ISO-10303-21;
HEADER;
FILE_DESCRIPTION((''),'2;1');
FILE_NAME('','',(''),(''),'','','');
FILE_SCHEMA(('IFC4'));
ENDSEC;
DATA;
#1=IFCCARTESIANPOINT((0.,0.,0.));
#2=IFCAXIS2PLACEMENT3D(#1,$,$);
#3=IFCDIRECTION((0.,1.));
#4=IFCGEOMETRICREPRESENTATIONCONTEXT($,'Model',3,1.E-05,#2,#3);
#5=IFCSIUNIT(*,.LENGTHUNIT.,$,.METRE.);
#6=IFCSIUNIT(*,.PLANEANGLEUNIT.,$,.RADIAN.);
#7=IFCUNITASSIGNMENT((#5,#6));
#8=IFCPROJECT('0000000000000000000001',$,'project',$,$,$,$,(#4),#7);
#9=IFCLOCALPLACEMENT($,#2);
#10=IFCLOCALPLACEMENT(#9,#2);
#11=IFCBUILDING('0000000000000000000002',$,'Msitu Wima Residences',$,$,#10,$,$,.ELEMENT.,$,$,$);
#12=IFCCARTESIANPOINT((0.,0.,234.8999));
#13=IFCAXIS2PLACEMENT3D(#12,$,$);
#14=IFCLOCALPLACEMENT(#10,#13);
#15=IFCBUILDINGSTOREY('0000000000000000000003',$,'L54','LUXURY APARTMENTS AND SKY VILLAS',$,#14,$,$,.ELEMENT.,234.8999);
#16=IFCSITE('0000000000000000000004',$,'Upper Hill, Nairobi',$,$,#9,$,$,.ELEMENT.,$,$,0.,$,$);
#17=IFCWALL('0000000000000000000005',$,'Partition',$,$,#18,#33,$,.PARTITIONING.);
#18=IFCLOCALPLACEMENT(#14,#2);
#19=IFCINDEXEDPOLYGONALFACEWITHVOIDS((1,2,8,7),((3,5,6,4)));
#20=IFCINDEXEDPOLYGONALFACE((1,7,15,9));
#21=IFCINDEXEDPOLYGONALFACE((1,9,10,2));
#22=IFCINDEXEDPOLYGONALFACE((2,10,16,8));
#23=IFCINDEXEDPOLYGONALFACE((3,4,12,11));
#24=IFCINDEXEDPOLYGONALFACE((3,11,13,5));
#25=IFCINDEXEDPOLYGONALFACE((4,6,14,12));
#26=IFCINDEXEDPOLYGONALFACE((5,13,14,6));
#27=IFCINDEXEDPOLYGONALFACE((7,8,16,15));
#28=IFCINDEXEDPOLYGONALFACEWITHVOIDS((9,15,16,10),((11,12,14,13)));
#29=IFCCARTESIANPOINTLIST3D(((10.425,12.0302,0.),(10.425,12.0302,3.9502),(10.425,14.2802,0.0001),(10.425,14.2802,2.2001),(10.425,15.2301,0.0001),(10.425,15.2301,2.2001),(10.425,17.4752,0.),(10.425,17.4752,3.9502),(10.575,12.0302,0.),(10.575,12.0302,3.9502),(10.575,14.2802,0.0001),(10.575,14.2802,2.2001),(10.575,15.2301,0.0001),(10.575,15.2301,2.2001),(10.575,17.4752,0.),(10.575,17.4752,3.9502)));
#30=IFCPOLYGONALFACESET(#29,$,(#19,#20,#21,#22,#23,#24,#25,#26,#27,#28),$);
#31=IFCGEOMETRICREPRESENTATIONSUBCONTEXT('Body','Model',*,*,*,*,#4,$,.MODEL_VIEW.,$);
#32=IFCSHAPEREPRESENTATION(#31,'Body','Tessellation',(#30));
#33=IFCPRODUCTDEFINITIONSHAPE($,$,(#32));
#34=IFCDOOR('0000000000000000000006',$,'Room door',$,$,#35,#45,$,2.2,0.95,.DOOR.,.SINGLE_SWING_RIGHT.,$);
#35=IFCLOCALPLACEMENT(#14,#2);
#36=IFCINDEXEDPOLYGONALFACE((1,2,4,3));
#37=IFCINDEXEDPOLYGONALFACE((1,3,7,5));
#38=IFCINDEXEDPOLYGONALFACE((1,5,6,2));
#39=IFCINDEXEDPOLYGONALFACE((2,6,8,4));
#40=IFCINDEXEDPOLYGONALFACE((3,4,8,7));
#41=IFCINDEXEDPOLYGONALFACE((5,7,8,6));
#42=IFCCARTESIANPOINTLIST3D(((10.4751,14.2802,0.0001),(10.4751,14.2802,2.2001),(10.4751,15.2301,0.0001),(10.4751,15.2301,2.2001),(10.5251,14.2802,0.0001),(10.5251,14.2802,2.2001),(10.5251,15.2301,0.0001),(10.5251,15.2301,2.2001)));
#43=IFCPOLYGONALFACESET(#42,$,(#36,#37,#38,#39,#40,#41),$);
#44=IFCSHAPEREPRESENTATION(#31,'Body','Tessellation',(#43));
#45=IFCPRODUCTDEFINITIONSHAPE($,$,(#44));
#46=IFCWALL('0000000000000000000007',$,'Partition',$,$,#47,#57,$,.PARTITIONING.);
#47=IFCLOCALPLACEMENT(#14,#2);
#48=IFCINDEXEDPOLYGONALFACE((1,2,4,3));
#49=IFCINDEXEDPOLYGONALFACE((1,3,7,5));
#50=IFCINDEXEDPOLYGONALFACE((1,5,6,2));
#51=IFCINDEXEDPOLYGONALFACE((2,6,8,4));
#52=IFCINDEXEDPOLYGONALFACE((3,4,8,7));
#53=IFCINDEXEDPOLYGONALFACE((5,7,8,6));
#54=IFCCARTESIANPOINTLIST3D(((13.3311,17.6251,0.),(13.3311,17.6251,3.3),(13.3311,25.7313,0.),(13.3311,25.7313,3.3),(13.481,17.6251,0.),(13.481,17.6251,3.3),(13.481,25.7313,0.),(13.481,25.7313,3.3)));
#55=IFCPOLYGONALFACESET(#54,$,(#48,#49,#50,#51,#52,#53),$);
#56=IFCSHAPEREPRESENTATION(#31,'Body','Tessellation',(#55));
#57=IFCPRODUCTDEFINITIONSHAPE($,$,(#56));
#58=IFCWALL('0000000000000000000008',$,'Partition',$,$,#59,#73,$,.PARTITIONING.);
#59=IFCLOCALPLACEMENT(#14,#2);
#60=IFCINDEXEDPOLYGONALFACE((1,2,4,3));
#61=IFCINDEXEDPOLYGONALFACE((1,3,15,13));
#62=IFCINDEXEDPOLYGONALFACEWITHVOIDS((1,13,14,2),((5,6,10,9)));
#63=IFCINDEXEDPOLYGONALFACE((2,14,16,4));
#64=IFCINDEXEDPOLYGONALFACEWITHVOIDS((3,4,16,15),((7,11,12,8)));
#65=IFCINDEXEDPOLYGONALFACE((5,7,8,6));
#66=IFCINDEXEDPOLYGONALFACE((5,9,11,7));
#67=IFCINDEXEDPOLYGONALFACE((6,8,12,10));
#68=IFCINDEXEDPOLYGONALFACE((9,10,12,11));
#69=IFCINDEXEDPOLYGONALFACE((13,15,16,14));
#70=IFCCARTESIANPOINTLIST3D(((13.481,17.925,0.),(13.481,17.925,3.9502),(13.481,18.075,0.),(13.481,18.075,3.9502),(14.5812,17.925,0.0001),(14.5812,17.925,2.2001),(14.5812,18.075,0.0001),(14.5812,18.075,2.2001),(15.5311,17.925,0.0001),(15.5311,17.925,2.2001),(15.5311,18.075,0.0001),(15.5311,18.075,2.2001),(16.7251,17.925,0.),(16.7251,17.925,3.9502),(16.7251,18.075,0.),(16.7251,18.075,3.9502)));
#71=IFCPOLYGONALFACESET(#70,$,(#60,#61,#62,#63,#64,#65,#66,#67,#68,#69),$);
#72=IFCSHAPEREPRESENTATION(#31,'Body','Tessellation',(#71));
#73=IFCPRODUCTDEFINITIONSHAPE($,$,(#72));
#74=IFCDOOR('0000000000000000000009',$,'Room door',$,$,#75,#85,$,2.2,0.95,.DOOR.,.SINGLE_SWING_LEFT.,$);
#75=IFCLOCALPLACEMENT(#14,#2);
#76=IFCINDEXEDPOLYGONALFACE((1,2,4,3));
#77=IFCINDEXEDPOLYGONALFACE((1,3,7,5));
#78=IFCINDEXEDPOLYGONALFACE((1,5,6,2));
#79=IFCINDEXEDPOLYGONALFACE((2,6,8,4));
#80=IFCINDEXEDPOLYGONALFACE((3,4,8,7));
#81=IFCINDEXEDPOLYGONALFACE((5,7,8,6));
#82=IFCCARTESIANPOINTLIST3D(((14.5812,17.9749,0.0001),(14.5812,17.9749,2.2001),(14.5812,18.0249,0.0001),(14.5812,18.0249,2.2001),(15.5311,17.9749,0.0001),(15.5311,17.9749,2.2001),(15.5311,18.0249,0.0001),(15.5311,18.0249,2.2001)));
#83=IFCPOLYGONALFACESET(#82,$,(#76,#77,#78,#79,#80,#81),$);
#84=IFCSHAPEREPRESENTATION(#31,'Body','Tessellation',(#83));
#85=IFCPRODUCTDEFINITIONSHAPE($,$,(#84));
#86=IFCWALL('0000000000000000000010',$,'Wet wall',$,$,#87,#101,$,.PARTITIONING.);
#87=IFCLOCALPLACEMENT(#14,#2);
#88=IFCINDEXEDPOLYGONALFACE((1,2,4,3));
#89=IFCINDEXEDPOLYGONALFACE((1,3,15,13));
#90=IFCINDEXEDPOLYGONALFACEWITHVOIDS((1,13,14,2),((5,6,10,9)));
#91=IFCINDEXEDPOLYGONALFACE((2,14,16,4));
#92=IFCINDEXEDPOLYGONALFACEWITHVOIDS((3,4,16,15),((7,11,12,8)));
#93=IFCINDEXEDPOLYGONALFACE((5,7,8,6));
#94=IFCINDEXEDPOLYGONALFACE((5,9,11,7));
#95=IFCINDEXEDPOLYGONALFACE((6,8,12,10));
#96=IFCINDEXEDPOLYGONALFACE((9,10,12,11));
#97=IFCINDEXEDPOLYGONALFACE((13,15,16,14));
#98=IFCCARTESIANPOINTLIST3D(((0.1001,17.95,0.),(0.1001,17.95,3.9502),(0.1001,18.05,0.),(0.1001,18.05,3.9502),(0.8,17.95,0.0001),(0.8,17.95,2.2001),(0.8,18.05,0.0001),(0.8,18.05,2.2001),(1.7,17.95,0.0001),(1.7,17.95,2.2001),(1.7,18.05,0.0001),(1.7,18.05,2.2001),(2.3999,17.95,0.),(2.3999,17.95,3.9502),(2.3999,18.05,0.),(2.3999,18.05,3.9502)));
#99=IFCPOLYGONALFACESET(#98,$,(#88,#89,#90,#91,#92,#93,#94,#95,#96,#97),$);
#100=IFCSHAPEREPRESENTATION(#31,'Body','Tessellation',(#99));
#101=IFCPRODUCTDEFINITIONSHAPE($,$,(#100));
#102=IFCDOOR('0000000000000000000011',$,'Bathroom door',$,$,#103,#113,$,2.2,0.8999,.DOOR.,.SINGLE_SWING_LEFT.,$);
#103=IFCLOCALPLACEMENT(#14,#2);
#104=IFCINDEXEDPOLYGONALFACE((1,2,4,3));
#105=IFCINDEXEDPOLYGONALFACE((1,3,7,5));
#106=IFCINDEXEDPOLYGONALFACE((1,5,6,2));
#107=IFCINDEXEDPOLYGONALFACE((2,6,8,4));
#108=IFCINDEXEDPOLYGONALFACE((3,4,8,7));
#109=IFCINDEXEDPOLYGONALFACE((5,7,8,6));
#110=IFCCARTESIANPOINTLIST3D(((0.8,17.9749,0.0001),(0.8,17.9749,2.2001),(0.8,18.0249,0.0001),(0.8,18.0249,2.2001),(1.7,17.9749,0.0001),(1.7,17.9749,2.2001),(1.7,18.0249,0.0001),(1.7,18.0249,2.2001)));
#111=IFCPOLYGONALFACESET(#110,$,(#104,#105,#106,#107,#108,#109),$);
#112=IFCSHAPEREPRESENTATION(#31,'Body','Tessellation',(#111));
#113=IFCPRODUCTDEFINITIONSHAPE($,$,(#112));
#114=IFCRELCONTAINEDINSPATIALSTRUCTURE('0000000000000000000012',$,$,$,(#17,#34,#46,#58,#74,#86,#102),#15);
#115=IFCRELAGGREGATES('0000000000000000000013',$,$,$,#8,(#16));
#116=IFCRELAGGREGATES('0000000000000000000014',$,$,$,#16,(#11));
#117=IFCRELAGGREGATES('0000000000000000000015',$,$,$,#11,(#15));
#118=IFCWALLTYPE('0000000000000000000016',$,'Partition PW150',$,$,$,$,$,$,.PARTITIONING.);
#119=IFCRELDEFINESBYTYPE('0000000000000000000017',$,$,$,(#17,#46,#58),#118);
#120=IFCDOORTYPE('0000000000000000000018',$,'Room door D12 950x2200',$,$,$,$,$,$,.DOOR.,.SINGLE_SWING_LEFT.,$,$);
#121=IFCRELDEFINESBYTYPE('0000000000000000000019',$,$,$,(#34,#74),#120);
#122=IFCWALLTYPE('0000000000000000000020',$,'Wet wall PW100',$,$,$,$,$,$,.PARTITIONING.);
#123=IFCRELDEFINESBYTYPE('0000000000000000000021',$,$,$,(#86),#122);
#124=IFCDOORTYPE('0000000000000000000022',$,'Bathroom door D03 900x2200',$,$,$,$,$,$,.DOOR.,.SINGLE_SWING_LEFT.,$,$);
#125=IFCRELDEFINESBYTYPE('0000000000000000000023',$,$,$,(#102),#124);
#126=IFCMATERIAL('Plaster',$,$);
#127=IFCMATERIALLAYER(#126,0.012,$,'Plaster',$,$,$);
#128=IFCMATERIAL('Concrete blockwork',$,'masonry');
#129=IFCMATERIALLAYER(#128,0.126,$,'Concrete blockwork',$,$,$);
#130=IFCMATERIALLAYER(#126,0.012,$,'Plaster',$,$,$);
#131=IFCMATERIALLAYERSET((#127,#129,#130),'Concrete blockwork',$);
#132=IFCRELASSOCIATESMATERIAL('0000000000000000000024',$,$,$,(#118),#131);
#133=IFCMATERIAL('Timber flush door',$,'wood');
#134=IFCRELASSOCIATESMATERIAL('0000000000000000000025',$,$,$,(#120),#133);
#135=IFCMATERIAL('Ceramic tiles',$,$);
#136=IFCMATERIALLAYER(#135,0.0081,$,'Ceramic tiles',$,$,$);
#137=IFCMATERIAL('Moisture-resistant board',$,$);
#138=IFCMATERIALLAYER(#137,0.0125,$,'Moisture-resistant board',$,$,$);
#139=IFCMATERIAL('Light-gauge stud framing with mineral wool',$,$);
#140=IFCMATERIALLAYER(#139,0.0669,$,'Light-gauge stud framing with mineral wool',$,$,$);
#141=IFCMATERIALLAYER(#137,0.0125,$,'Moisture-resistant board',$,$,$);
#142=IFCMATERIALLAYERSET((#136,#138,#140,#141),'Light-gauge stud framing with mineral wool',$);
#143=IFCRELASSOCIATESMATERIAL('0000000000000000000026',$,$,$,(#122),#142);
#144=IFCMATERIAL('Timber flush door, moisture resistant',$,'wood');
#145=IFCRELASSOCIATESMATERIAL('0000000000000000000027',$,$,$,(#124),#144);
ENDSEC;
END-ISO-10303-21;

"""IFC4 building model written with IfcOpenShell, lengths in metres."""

from ifc_helpers import new_model, si_unit, direction, frame, frame_2d, origin, place, context, subcontext, project, spatial, rectangle, extrude, material, layer, layer_set, type_object, element, fill, save


model = new_model("IFC4")

# Units and contexts
model_context = context("Model", 3, precision=1e-05, world=origin(), true_north=direction((0.0, 1.0)))
body_context = subcontext(model_context, "Body", "Model", "MODEL_VIEW")
ifc_project = project(units=[si_unit("LENGTHUNIT", "METRE"), si_unit("PLANEANGLEUNIT", "RADIAN")], contexts=[model_context])

# Site, building, storey
site_placement = place(None, origin())
site = spatial("IfcSite", under=ifc_project, at=site_placement, Name="Upper Hill, Nairobi", CompositionType="ELEMENT", RefElevation=0.0)
building_placement = place(site_placement, origin())
building = spatial("IfcBuilding", under=site, at=building_placement, Name="Msitu Wima Residences", CompositionType="ELEMENT")
storey_placement = place(building_placement, frame((0.0, 0.0, 234.8999)))
storey = spatial("IfcBuildingStorey", under=building, at=storey_placement, Name="L54", Description="LUXURY APARTMENTS AND SKY VILLAS", CompositionType="ELEMENT", Elevation=234.8999)

# Shared definitions
ifc_material_1 = material(Name="Plaster")
ifc_layer_1 = layer(ifc_material_1, 0.012, Name="Plaster")
ifc_material_2 = material(Name="Concrete blockwork", Category="masonry")
ifc_layer_2 = layer(ifc_material_2, 0.126, Name="Concrete blockwork")
ifc_layer_3 = layer(ifc_material_1, 0.012, Name="Plaster")
ifc_layer_set_1 = layer_set([ifc_layer_1, ifc_layer_2, ifc_layer_3], Name="Concrete blockwork")
wall_type_1 = type_object("IfcWallType", Name="Partition PW150", PredefinedType="PARTITIONING", material=ifc_layer_set_1)
ifc_material_3 = material(Name="Timber flush door", Category="wood")
door_type_1 = type_object("IfcDoorType", Name="Room door D12 950x2200", OperationType="SINGLE_SWING_LEFT", PredefinedType="DOOR", material=ifc_material_3)

# Wall, opening, door
wall_1_placement = place(storey_placement, frame((10.5, 12.03, 0.0), z_axis=(0.0, 0.0, 1.0), x_axis=(0.0, 1.0, 0.0)))
wall_1 = element("IfcWall", 1, at=wall_1_placement, inside=storey, type_object=wall_type_1, Name="Partition", PredefinedType="PARTITIONING", context=body_context, shape_type="SweptSolid", body=[
    extrude(rectangle(XDim=5.4451, YDim=0.1499, at=frame_2d((2.7227, 0.0))), origin(), (0.0, 0.0, 1.0), 3.9502),
])
opening_1_placement = place(wall_1_placement, frame((2.25, 0.0, 0.0)))
opening_1 = element("IfcOpeningElement", 2, at=opening_1_placement, cuts=wall_1, PredefinedType="OPENING", context=body_context, shape_type="SweptSolid", body=[
    extrude(rectangle(XDim=0.95, YDim=2.2, at=frame_2d((0.4751, 1.1001))), frame((0.0, 0.085, 0.0), z_axis=(0.0, -1.0, 0.0), x_axis=(1.0, 0.0, 0.0)), (0.0, 0.0, 1.0), 0.1699),
])
door_1_placement = place(opening_1_placement, origin())
door_1 = element("IfcDoor", 3, at=door_1_placement, inside=storey, type_object=door_type_1, Name="Room door", OperationType="SINGLE_SWING_RIGHT", OverallHeight=2.2, OverallWidth=0.95, PredefinedType="DOOR", context=body_context, shape_type="SweptSolid", body=[
    extrude(rectangle(XDim=0.95, YDim=2.2, at=frame_2d((0.4751, 1.1001))), frame((0.0, 0.0249, 0.0), z_axis=(0.0, -1.0, 0.0), x_axis=(1.0, 0.0, 0.0)), (0.0, 0.0, 1.0), 0.05),
])
fill(opening_1, door_1)

# Wall
wall_2_placement = place(storey_placement, frame((13.406, 17.625, 0.0), z_axis=(0.0, 0.0, 1.0), x_axis=(0.0, 1.0, 0.0)))
element("IfcWall", 4, at=wall_2_placement, inside=storey, type_object=wall_type_1, Name="Partition", PredefinedType="PARTITIONING", context=body_context, shape_type="SweptSolid", body=[
    extrude(rectangle(XDim=8.1062, YDim=0.1499, at=frame_2d((4.0532, 0.0))), origin(), (0.0, 0.0, 1.0), 3.3),
])

# Walls, openings, doors
wall_3_placement = place(storey_placement, frame((13.481, 18.0, 0.0), z_axis=(0.0, 0.0, 1.0), x_axis=(1.0, 0.0, 0.0)))
wall_3 = element("IfcWall", 5, at=wall_3_placement, inside=storey, type_object=wall_type_1, Name="Partition", PredefinedType="PARTITIONING", context=body_context, shape_type="SweptSolid", body=[
    extrude(rectangle(XDim=3.2441, YDim=0.1499, at=frame_2d((1.6221, 0.0))), origin(), (0.0, 0.0, 1.0), 3.9502),
])
opening_2_placement = place(wall_3_placement, frame((1.1001, 0.0, 0.0)))
opening_2 = element("IfcOpeningElement", 6, at=opening_2_placement, cuts=wall_3, PredefinedType="OPENING", context=body_context, shape_type="SweptSolid", body=[
    extrude(rectangle(XDim=0.95, YDim=2.2, at=frame_2d((0.4751, 1.1001))), frame((0.0, 0.085, 0.0), z_axis=(0.0, -1.0, 0.0), x_axis=(1.0, 0.0, 0.0)), (0.0, 0.0, 1.0), 0.1699),
])
door_2_placement = place(opening_2_placement, origin())
door_2 = element("IfcDoor", 7, at=door_2_placement, inside=storey, type_object=door_type_1, Name="Room door", OperationType="SINGLE_SWING_LEFT", OverallHeight=2.2, OverallWidth=0.95, PredefinedType="DOOR", context=body_context, shape_type="SweptSolid", body=[
    extrude(rectangle(XDim=0.95, YDim=2.2, at=frame_2d((0.4751, 1.1001))), frame((0.0, 0.0249, 0.0), z_axis=(0.0, -1.0, 0.0), x_axis=(1.0, 0.0, 0.0)), (0.0, 0.0, 1.0), 0.05),
])
fill(opening_2, door_2)
ifc_material_4 = material(Name="Ceramic tiles")
ifc_layer_4 = layer(ifc_material_4, 0.0081, Name="Ceramic tiles")
ifc_material_5 = material(Name="Moisture-resistant board")
ifc_layer_5 = layer(ifc_material_5, 0.0125, Name="Moisture-resistant board")
ifc_material_6 = material(Name="Light-gauge stud framing with mineral wool")
ifc_layer_6 = layer(ifc_material_6, 0.0669, Name="Light-gauge stud framing with mineral wool")
ifc_layer_7 = layer(ifc_material_5, 0.0125, Name="Moisture-resistant board")
ifc_layer_set_2 = layer_set([ifc_layer_4, ifc_layer_5, ifc_layer_6, ifc_layer_7], Name="Light-gauge stud framing with mineral wool")
wall_type_2 = type_object("IfcWallType", Name="Wet wall PW100", PredefinedType="PARTITIONING", material=ifc_layer_set_2)
wall_4_placement = place(storey_placement, frame((0.1001, 18.0, 0.0), z_axis=(0.0, 0.0, 1.0), x_axis=(1.0, 0.0, 0.0)))
wall_4 = element("IfcWall", 8, at=wall_4_placement, inside=storey, type_object=wall_type_2, Name="Wet wall", PredefinedType="PARTITIONING", context=body_context, shape_type="SweptSolid", body=[
    extrude(rectangle(XDim=2.2998, YDim=0.1001, at=frame_2d((1.1499, 0.0))), origin(), (0.0, 0.0, 1.0), 3.9502),
])
opening_3_placement = place(wall_4_placement, frame((0.7, 0.0, 0.0)))
opening_3 = element("IfcOpeningElement", 9, at=opening_3_placement, cuts=wall_4, PredefinedType="OPENING", context=body_context, shape_type="SweptSolid", body=[
    extrude(rectangle(XDim=0.8999, YDim=2.2, at=frame_2d((0.45, 1.1001))), frame((0.0, 0.0601, 0.0), z_axis=(0.0, -1.0, 0.0), x_axis=(1.0, 0.0, 0.0)), (0.0, 0.0, 1.0), 0.1201),
])
ifc_material_7 = material(Name="Timber flush door, moisture resistant", Category="wood")
door_type_2 = type_object("IfcDoorType", Name="Bathroom door D03 900x2200", OperationType="SINGLE_SWING_LEFT", PredefinedType="DOOR", material=ifc_material_7)
door_3_placement = place(opening_3_placement, origin())
door_3 = element("IfcDoor", 10, at=door_3_placement, inside=storey, type_object=door_type_2, Name="Bathroom door", OperationType="SINGLE_SWING_LEFT", OverallHeight=2.2, OverallWidth=0.8999, PredefinedType="DOOR", context=body_context, shape_type="SweptSolid", body=[
    extrude(rectangle(XDim=0.8999, YDim=2.2, at=frame_2d((0.45, 1.1001))), frame((0.0, 0.0249, 0.0), z_axis=(0.0, -1.0, 0.0), x_axis=(1.0, 0.0, 0.0)), (0.0, 0.0, 1.0), 0.05),
])
fill(opening_3, door_3)

save(model, "model.ifc")
